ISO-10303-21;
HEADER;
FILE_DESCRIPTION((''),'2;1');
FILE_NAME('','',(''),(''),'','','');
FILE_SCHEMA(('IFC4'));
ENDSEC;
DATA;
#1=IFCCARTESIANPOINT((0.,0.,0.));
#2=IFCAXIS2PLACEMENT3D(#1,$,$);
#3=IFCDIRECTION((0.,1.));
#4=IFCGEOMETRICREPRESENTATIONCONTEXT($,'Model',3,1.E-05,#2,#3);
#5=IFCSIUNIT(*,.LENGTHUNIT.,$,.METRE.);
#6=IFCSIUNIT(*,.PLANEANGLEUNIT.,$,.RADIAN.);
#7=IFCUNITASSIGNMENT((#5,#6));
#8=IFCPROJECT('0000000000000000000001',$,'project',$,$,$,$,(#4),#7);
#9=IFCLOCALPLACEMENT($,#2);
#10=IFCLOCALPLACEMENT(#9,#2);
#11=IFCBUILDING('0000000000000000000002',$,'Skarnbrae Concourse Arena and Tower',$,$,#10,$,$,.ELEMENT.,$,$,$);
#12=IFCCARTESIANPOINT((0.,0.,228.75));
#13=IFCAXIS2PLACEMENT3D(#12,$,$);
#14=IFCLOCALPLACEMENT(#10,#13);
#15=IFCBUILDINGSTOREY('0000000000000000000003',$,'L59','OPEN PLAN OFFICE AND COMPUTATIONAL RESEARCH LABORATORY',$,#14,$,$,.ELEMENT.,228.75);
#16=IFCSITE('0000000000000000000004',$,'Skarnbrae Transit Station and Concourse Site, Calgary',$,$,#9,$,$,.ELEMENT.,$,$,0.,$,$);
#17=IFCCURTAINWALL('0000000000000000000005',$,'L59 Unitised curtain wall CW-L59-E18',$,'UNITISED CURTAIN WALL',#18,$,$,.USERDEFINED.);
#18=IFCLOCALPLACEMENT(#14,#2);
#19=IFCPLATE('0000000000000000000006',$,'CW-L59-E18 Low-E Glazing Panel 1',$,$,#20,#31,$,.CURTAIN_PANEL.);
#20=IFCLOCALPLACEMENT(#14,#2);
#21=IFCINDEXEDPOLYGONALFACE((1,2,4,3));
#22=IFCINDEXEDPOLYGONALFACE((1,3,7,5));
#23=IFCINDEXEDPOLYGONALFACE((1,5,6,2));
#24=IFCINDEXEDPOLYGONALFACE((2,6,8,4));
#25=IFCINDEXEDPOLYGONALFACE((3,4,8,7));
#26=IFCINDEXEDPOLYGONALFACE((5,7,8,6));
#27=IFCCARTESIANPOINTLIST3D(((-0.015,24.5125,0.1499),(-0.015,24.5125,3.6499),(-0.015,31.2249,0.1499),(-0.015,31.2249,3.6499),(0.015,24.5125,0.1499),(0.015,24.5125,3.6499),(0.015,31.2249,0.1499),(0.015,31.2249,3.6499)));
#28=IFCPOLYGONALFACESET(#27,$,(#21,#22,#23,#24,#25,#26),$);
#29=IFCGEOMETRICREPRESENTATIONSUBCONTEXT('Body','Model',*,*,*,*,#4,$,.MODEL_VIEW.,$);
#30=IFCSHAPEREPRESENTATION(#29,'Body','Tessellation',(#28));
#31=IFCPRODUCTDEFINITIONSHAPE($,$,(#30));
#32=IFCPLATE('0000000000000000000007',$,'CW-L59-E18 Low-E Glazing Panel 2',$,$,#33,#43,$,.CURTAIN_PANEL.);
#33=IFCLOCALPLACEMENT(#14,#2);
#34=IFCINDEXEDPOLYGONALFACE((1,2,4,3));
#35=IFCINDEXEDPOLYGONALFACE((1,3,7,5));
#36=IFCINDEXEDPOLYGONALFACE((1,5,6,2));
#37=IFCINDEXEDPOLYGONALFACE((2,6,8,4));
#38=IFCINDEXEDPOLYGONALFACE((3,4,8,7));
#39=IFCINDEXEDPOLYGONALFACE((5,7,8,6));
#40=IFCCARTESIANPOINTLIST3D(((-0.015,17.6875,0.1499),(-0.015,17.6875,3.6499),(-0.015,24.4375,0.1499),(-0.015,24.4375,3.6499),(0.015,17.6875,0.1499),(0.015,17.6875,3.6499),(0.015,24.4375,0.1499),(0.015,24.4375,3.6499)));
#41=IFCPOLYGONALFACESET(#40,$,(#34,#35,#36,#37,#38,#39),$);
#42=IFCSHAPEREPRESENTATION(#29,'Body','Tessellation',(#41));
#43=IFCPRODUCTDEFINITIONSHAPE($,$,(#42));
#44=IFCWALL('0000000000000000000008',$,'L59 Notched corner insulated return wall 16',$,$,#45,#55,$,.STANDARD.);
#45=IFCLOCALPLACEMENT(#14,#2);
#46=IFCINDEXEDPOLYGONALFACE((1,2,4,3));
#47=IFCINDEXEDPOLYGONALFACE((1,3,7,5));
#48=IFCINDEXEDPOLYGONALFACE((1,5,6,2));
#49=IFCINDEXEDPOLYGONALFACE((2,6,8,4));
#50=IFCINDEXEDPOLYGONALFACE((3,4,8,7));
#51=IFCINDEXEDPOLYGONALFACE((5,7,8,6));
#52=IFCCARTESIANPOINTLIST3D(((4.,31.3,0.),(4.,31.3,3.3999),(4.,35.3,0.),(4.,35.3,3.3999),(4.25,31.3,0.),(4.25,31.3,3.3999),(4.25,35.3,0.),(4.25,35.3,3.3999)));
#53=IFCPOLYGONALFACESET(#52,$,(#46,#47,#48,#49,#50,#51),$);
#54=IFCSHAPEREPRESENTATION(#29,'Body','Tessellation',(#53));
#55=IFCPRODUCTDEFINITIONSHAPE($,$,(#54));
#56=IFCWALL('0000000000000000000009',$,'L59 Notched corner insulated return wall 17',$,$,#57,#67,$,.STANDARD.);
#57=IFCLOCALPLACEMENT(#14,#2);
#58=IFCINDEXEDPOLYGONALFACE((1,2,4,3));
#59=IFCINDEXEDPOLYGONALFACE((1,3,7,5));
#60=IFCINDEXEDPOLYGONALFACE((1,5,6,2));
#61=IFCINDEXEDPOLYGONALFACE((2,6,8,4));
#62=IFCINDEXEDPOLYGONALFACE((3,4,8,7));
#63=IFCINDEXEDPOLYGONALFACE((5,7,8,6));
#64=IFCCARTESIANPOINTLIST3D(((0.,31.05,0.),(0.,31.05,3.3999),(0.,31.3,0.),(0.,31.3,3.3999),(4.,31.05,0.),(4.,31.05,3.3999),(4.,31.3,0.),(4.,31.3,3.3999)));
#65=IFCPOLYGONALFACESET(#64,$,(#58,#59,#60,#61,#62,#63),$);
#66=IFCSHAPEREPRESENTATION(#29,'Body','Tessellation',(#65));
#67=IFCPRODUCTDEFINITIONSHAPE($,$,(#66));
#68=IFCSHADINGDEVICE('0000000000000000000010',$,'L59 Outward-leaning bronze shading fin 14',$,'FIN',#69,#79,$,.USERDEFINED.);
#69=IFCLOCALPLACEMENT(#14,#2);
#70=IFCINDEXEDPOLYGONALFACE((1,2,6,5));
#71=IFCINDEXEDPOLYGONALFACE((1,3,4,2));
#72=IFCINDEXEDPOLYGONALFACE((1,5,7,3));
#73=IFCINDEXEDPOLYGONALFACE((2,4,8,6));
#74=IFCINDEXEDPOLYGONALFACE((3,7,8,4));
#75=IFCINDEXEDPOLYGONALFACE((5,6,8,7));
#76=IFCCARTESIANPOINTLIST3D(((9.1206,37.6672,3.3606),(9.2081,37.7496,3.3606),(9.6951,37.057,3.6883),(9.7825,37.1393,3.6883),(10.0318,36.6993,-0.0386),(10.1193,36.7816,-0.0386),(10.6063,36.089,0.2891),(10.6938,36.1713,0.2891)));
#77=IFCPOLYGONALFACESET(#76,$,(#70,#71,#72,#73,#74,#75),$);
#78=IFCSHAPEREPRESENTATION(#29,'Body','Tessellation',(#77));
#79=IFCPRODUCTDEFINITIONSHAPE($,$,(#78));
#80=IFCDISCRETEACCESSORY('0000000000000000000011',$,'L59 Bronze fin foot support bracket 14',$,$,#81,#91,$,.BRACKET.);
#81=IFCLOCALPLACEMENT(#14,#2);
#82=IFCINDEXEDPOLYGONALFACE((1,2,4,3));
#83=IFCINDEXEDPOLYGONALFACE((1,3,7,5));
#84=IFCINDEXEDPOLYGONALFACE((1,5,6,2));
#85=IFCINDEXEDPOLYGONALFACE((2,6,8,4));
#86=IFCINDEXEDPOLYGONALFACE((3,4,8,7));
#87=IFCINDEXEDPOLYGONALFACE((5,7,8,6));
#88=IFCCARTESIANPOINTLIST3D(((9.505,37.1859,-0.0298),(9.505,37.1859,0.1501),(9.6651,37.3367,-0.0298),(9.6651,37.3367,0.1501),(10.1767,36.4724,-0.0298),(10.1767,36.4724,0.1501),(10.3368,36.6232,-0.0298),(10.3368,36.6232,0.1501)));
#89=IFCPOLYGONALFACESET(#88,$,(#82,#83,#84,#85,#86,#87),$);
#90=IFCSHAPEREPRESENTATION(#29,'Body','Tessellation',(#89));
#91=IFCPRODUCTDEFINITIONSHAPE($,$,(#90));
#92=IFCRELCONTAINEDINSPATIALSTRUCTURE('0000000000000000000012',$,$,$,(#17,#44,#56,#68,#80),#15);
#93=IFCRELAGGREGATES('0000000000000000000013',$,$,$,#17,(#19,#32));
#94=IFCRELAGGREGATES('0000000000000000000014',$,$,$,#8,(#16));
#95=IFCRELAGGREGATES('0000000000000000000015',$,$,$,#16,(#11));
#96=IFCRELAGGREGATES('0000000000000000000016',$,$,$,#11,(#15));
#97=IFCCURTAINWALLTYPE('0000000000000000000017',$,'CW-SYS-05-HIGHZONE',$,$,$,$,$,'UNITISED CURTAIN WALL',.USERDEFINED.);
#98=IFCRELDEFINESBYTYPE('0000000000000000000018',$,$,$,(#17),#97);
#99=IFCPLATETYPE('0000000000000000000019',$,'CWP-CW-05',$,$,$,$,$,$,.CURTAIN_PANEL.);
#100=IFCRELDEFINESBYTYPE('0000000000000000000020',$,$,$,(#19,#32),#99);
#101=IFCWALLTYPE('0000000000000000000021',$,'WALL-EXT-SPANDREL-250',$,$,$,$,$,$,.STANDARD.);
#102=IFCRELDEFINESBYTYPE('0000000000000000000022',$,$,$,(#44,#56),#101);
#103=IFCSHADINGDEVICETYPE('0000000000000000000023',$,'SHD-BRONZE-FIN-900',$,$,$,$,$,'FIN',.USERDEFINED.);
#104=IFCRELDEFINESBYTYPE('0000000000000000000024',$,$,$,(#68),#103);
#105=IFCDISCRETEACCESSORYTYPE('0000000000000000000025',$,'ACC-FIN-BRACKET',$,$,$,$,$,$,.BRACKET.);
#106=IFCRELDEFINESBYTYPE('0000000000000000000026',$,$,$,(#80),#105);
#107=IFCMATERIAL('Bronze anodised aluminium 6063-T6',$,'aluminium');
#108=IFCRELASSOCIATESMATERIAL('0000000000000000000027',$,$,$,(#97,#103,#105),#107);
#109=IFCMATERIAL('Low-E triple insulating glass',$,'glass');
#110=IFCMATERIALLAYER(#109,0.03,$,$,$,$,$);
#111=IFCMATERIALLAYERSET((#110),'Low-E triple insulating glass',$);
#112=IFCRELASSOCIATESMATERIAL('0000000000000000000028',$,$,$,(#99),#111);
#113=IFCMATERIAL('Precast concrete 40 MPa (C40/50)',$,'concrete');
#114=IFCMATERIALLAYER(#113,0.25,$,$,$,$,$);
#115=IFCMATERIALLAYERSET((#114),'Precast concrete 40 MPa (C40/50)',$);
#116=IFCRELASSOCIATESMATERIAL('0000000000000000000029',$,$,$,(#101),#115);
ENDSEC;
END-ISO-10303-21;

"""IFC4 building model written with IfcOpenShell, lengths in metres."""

from ifc_helpers import new_model, si_unit, direction, frame, frame_2d, origin, origin_2d, place, context, subcontext, project, spatial, rectangle, extrude, source, transform, mapped, material, layer, layer_set, type_object, element, aggregate, save


model = new_model("IFC4")

# Units and contexts
model_context = context("Model", 3, precision=1e-05, world=origin(), true_north=direction((0.0, 1.0)))
body_context = subcontext(model_context, "Body", "Model", "MODEL_VIEW")
ifc_project = project(units=[si_unit("LENGTHUNIT", "METRE"), si_unit("PLANEANGLEUNIT", "RADIAN")], contexts=[model_context])

# Site, building, storey
site_placement = place(None, origin())
site = spatial("IfcSite", under=ifc_project, at=site_placement, Name="Skarnbrae Transit Station and Concourse Site, Calgary", CompositionType="ELEMENT", RefElevation=0.0)
building_placement = place(site_placement, origin())
building = spatial("IfcBuilding", under=site, at=building_placement, Name="Skarnbrae Concourse Arena and Tower", CompositionType="ELEMENT")
storey_placement = place(building_placement, frame((0.0, 0.0, 228.75)))
storey = spatial("IfcBuildingStorey", under=building, at=storey_placement, Name="L59", Description="OPEN PLAN OFFICE AND COMPUTATIONAL RESEARCH LABORATORY", CompositionType="ELEMENT", Elevation=228.75)

# Shared definitions
ifc_material_1 = material(Name="Bronze anodised aluminium 6063-T6", Category="aluminium")
curtain_wall_type = type_object("IfcCurtainWallType", Name="CW-SYS-05-HIGHZONE", ElementType="UNITISED CURTAIN WALL", PredefinedType="USERDEFINED", material=ifc_material_1)

# Curtain wall
curtain_wall_1_placement = place(storey_placement, origin())
curtain_wall_1 = element("IfcCurtainWall", 1, at=curtain_wall_1_placement, inside=storey, type_object=curtain_wall_type, Name="L59 Unitised curtain wall CW-L59-E18", ObjectType="UNITISED CURTAIN WALL", PredefinedType="USERDEFINED")

# Plates
ifc_material_2 = material(Name="Low-E triple insulating glass", Category="glass")
ifc_layer_1 = layer(ifc_material_2, 0.03)
ifc_layer_set_1 = layer_set([ifc_layer_1], Name="Low-E triple insulating glass")
plate_type = type_object("IfcPlateType", Name="CWP-CW-05", PredefinedType="CURTAIN_PANEL", material=ifc_layer_set_1)
shared_shape_1 = source(origin(), body_context, "Body", "SweptSolid", [
    extrude(rectangle(XDim=6.7124, YDim=0.03, at=origin_2d()), origin(), (0.0, 0.0, 1.0), 3.5),
])
plate_1_placement = place(storey_placement, frame((0.0, 27.8687, 0.1499), z_axis=(0.0, 0.0, 1.0), x_axis=(0.0, -1.0, 0.0)))
plate_1 = element("IfcPlate", 2, at=plate_1_placement, type_object=plate_type, Name="CW-L59-E18 Low-E Glazing Panel 1", PredefinedType="CURTAIN_PANEL", context=body_context, shape_type="MappedRepresentation", body=[
    mapped(shared_shape_1, transform((0.0, 0.0, 0.0))),
])
shared_shape_2 = source(origin(), body_context, "Body", "SweptSolid", [
    extrude(rectangle(XDim=6.75, YDim=0.03, at=origin_2d()), origin(), (0.0, 0.0, 1.0), 3.5),
])
plate_2_placement = place(storey_placement, frame((0.0, 21.0625, 0.1499), z_axis=(0.0, 0.0, 1.0), x_axis=(0.0, -1.0, 0.0)))
plate_2 = element("IfcPlate", 3, at=plate_2_placement, type_object=plate_type, Name="CW-L59-E18 Low-E Glazing Panel 2", PredefinedType="CURTAIN_PANEL", context=body_context, shape_type="MappedRepresentation", body=[
    mapped(shared_shape_2, transform((0.0, 0.0, 0.0))),
])
aggregate(curtain_wall_1, [plate_1, plate_2])

# Walls
ifc_material_3 = material(Name="Precast concrete 40 MPa (C40/50)", Category="concrete")
ifc_layer_2 = layer(ifc_material_3, 0.25)
ifc_layer_set_2 = layer_set([ifc_layer_2], Name="Precast concrete 40 MPa (C40/50)")
wall_type = type_object("IfcWallType", Name="WALL-EXT-SPANDREL-250", PredefinedType="STANDARD", material=ifc_layer_set_2)
shared_shape_3 = source(origin(), body_context, "Body", "SweptSolid", [
    extrude(rectangle(XDim=4.0, YDim=0.25, at=frame_2d((2.0, 0.0))), origin(), (0.0, 0.0, 1.0), 3.3999),
])
for number, where, z_axis, x_axis, name in (
    (4, (4.125, 35.3, 0.0), (0.0, 0.0, 1.0), (0.0, -1.0, 0.0), "L59 Notched corner insulated return wall 16"),
    (5, (4.0, 31.175, 0.0), (0.0, 0.0, 1.0), (-1.0, 0.0, 0.0), "L59 Notched corner insulated return wall 17"),
):
    element("IfcWall", number, at=place(storey_placement, frame(where, z_axis=z_axis, x_axis=x_axis)), inside=storey, type_object=wall_type, Name=name, PredefinedType="STANDARD", context=body_context, shape_type="MappedRepresentation", body=[
        mapped(shared_shape_3, transform((0.0, 0.0, 0.0))),
    ])

# Shading device
shading_device_type = type_object("IfcShadingDeviceType", Name="SHD-BRONZE-FIN-900", ElementType="FIN", PredefinedType="USERDEFINED", material=ifc_material_1)
shared_shape_4 = source(origin(), body_context, "Body", "SweptSolid", [
    extrude(rectangle(XDim=0.1201, YDim=0.8999, at=origin_2d()), origin(), (0.0, 0.0, 1.0), 3.6499),
])
shading_device_placement = place(storey_placement, frame((10.3628, 36.4353, 0.1252), z_axis=(-0.249655, 0.265205, 0.93131), x_axis=(0.728132, 0.685437, 0.0)))
element("IfcShadingDevice", 6, at=shading_device_placement, inside=storey, type_object=shading_device_type, Name="L59 Outward-leaning bronze shading fin 14", ObjectType="FIN", PredefinedType="USERDEFINED", context=body_context, shape_type="MappedRepresentation", body=[
    mapped(shared_shape_4, transform((0.0, 0.0, 0.0))),
])

# Discrete accessory
discrete_accessory_type = type_object("IfcDiscreteAccessoryType", Name="ACC-FIN-BRACKET", PredefinedType="BRACKET", material=ifc_material_1)
shared_shape_5 = source(origin(), body_context, "Body", "SweptSolid", [
    extrude(rectangle(XDim=0.22, YDim=0.98, at=origin_2d()), origin(), (0.0, 0.0, 1.0), 0.1799),
])
discrete_accessory_placement = place(storey_placement, frame((9.9209, 36.9045, -0.0298), z_axis=(0.0, 0.0, 1.0), x_axis=(0.728132, 0.685437, 0.0)))
element("IfcDiscreteAccessory", 7, at=discrete_accessory_placement, inside=storey, type_object=discrete_accessory_type, Name="L59 Bronze fin foot support bracket 14", PredefinedType="BRACKET", context=body_context, shape_type="MappedRepresentation", body=[
    mapped(shared_shape_5, transform((0.0, 0.0, 0.0))),
])

save(model, "model.ifc")
